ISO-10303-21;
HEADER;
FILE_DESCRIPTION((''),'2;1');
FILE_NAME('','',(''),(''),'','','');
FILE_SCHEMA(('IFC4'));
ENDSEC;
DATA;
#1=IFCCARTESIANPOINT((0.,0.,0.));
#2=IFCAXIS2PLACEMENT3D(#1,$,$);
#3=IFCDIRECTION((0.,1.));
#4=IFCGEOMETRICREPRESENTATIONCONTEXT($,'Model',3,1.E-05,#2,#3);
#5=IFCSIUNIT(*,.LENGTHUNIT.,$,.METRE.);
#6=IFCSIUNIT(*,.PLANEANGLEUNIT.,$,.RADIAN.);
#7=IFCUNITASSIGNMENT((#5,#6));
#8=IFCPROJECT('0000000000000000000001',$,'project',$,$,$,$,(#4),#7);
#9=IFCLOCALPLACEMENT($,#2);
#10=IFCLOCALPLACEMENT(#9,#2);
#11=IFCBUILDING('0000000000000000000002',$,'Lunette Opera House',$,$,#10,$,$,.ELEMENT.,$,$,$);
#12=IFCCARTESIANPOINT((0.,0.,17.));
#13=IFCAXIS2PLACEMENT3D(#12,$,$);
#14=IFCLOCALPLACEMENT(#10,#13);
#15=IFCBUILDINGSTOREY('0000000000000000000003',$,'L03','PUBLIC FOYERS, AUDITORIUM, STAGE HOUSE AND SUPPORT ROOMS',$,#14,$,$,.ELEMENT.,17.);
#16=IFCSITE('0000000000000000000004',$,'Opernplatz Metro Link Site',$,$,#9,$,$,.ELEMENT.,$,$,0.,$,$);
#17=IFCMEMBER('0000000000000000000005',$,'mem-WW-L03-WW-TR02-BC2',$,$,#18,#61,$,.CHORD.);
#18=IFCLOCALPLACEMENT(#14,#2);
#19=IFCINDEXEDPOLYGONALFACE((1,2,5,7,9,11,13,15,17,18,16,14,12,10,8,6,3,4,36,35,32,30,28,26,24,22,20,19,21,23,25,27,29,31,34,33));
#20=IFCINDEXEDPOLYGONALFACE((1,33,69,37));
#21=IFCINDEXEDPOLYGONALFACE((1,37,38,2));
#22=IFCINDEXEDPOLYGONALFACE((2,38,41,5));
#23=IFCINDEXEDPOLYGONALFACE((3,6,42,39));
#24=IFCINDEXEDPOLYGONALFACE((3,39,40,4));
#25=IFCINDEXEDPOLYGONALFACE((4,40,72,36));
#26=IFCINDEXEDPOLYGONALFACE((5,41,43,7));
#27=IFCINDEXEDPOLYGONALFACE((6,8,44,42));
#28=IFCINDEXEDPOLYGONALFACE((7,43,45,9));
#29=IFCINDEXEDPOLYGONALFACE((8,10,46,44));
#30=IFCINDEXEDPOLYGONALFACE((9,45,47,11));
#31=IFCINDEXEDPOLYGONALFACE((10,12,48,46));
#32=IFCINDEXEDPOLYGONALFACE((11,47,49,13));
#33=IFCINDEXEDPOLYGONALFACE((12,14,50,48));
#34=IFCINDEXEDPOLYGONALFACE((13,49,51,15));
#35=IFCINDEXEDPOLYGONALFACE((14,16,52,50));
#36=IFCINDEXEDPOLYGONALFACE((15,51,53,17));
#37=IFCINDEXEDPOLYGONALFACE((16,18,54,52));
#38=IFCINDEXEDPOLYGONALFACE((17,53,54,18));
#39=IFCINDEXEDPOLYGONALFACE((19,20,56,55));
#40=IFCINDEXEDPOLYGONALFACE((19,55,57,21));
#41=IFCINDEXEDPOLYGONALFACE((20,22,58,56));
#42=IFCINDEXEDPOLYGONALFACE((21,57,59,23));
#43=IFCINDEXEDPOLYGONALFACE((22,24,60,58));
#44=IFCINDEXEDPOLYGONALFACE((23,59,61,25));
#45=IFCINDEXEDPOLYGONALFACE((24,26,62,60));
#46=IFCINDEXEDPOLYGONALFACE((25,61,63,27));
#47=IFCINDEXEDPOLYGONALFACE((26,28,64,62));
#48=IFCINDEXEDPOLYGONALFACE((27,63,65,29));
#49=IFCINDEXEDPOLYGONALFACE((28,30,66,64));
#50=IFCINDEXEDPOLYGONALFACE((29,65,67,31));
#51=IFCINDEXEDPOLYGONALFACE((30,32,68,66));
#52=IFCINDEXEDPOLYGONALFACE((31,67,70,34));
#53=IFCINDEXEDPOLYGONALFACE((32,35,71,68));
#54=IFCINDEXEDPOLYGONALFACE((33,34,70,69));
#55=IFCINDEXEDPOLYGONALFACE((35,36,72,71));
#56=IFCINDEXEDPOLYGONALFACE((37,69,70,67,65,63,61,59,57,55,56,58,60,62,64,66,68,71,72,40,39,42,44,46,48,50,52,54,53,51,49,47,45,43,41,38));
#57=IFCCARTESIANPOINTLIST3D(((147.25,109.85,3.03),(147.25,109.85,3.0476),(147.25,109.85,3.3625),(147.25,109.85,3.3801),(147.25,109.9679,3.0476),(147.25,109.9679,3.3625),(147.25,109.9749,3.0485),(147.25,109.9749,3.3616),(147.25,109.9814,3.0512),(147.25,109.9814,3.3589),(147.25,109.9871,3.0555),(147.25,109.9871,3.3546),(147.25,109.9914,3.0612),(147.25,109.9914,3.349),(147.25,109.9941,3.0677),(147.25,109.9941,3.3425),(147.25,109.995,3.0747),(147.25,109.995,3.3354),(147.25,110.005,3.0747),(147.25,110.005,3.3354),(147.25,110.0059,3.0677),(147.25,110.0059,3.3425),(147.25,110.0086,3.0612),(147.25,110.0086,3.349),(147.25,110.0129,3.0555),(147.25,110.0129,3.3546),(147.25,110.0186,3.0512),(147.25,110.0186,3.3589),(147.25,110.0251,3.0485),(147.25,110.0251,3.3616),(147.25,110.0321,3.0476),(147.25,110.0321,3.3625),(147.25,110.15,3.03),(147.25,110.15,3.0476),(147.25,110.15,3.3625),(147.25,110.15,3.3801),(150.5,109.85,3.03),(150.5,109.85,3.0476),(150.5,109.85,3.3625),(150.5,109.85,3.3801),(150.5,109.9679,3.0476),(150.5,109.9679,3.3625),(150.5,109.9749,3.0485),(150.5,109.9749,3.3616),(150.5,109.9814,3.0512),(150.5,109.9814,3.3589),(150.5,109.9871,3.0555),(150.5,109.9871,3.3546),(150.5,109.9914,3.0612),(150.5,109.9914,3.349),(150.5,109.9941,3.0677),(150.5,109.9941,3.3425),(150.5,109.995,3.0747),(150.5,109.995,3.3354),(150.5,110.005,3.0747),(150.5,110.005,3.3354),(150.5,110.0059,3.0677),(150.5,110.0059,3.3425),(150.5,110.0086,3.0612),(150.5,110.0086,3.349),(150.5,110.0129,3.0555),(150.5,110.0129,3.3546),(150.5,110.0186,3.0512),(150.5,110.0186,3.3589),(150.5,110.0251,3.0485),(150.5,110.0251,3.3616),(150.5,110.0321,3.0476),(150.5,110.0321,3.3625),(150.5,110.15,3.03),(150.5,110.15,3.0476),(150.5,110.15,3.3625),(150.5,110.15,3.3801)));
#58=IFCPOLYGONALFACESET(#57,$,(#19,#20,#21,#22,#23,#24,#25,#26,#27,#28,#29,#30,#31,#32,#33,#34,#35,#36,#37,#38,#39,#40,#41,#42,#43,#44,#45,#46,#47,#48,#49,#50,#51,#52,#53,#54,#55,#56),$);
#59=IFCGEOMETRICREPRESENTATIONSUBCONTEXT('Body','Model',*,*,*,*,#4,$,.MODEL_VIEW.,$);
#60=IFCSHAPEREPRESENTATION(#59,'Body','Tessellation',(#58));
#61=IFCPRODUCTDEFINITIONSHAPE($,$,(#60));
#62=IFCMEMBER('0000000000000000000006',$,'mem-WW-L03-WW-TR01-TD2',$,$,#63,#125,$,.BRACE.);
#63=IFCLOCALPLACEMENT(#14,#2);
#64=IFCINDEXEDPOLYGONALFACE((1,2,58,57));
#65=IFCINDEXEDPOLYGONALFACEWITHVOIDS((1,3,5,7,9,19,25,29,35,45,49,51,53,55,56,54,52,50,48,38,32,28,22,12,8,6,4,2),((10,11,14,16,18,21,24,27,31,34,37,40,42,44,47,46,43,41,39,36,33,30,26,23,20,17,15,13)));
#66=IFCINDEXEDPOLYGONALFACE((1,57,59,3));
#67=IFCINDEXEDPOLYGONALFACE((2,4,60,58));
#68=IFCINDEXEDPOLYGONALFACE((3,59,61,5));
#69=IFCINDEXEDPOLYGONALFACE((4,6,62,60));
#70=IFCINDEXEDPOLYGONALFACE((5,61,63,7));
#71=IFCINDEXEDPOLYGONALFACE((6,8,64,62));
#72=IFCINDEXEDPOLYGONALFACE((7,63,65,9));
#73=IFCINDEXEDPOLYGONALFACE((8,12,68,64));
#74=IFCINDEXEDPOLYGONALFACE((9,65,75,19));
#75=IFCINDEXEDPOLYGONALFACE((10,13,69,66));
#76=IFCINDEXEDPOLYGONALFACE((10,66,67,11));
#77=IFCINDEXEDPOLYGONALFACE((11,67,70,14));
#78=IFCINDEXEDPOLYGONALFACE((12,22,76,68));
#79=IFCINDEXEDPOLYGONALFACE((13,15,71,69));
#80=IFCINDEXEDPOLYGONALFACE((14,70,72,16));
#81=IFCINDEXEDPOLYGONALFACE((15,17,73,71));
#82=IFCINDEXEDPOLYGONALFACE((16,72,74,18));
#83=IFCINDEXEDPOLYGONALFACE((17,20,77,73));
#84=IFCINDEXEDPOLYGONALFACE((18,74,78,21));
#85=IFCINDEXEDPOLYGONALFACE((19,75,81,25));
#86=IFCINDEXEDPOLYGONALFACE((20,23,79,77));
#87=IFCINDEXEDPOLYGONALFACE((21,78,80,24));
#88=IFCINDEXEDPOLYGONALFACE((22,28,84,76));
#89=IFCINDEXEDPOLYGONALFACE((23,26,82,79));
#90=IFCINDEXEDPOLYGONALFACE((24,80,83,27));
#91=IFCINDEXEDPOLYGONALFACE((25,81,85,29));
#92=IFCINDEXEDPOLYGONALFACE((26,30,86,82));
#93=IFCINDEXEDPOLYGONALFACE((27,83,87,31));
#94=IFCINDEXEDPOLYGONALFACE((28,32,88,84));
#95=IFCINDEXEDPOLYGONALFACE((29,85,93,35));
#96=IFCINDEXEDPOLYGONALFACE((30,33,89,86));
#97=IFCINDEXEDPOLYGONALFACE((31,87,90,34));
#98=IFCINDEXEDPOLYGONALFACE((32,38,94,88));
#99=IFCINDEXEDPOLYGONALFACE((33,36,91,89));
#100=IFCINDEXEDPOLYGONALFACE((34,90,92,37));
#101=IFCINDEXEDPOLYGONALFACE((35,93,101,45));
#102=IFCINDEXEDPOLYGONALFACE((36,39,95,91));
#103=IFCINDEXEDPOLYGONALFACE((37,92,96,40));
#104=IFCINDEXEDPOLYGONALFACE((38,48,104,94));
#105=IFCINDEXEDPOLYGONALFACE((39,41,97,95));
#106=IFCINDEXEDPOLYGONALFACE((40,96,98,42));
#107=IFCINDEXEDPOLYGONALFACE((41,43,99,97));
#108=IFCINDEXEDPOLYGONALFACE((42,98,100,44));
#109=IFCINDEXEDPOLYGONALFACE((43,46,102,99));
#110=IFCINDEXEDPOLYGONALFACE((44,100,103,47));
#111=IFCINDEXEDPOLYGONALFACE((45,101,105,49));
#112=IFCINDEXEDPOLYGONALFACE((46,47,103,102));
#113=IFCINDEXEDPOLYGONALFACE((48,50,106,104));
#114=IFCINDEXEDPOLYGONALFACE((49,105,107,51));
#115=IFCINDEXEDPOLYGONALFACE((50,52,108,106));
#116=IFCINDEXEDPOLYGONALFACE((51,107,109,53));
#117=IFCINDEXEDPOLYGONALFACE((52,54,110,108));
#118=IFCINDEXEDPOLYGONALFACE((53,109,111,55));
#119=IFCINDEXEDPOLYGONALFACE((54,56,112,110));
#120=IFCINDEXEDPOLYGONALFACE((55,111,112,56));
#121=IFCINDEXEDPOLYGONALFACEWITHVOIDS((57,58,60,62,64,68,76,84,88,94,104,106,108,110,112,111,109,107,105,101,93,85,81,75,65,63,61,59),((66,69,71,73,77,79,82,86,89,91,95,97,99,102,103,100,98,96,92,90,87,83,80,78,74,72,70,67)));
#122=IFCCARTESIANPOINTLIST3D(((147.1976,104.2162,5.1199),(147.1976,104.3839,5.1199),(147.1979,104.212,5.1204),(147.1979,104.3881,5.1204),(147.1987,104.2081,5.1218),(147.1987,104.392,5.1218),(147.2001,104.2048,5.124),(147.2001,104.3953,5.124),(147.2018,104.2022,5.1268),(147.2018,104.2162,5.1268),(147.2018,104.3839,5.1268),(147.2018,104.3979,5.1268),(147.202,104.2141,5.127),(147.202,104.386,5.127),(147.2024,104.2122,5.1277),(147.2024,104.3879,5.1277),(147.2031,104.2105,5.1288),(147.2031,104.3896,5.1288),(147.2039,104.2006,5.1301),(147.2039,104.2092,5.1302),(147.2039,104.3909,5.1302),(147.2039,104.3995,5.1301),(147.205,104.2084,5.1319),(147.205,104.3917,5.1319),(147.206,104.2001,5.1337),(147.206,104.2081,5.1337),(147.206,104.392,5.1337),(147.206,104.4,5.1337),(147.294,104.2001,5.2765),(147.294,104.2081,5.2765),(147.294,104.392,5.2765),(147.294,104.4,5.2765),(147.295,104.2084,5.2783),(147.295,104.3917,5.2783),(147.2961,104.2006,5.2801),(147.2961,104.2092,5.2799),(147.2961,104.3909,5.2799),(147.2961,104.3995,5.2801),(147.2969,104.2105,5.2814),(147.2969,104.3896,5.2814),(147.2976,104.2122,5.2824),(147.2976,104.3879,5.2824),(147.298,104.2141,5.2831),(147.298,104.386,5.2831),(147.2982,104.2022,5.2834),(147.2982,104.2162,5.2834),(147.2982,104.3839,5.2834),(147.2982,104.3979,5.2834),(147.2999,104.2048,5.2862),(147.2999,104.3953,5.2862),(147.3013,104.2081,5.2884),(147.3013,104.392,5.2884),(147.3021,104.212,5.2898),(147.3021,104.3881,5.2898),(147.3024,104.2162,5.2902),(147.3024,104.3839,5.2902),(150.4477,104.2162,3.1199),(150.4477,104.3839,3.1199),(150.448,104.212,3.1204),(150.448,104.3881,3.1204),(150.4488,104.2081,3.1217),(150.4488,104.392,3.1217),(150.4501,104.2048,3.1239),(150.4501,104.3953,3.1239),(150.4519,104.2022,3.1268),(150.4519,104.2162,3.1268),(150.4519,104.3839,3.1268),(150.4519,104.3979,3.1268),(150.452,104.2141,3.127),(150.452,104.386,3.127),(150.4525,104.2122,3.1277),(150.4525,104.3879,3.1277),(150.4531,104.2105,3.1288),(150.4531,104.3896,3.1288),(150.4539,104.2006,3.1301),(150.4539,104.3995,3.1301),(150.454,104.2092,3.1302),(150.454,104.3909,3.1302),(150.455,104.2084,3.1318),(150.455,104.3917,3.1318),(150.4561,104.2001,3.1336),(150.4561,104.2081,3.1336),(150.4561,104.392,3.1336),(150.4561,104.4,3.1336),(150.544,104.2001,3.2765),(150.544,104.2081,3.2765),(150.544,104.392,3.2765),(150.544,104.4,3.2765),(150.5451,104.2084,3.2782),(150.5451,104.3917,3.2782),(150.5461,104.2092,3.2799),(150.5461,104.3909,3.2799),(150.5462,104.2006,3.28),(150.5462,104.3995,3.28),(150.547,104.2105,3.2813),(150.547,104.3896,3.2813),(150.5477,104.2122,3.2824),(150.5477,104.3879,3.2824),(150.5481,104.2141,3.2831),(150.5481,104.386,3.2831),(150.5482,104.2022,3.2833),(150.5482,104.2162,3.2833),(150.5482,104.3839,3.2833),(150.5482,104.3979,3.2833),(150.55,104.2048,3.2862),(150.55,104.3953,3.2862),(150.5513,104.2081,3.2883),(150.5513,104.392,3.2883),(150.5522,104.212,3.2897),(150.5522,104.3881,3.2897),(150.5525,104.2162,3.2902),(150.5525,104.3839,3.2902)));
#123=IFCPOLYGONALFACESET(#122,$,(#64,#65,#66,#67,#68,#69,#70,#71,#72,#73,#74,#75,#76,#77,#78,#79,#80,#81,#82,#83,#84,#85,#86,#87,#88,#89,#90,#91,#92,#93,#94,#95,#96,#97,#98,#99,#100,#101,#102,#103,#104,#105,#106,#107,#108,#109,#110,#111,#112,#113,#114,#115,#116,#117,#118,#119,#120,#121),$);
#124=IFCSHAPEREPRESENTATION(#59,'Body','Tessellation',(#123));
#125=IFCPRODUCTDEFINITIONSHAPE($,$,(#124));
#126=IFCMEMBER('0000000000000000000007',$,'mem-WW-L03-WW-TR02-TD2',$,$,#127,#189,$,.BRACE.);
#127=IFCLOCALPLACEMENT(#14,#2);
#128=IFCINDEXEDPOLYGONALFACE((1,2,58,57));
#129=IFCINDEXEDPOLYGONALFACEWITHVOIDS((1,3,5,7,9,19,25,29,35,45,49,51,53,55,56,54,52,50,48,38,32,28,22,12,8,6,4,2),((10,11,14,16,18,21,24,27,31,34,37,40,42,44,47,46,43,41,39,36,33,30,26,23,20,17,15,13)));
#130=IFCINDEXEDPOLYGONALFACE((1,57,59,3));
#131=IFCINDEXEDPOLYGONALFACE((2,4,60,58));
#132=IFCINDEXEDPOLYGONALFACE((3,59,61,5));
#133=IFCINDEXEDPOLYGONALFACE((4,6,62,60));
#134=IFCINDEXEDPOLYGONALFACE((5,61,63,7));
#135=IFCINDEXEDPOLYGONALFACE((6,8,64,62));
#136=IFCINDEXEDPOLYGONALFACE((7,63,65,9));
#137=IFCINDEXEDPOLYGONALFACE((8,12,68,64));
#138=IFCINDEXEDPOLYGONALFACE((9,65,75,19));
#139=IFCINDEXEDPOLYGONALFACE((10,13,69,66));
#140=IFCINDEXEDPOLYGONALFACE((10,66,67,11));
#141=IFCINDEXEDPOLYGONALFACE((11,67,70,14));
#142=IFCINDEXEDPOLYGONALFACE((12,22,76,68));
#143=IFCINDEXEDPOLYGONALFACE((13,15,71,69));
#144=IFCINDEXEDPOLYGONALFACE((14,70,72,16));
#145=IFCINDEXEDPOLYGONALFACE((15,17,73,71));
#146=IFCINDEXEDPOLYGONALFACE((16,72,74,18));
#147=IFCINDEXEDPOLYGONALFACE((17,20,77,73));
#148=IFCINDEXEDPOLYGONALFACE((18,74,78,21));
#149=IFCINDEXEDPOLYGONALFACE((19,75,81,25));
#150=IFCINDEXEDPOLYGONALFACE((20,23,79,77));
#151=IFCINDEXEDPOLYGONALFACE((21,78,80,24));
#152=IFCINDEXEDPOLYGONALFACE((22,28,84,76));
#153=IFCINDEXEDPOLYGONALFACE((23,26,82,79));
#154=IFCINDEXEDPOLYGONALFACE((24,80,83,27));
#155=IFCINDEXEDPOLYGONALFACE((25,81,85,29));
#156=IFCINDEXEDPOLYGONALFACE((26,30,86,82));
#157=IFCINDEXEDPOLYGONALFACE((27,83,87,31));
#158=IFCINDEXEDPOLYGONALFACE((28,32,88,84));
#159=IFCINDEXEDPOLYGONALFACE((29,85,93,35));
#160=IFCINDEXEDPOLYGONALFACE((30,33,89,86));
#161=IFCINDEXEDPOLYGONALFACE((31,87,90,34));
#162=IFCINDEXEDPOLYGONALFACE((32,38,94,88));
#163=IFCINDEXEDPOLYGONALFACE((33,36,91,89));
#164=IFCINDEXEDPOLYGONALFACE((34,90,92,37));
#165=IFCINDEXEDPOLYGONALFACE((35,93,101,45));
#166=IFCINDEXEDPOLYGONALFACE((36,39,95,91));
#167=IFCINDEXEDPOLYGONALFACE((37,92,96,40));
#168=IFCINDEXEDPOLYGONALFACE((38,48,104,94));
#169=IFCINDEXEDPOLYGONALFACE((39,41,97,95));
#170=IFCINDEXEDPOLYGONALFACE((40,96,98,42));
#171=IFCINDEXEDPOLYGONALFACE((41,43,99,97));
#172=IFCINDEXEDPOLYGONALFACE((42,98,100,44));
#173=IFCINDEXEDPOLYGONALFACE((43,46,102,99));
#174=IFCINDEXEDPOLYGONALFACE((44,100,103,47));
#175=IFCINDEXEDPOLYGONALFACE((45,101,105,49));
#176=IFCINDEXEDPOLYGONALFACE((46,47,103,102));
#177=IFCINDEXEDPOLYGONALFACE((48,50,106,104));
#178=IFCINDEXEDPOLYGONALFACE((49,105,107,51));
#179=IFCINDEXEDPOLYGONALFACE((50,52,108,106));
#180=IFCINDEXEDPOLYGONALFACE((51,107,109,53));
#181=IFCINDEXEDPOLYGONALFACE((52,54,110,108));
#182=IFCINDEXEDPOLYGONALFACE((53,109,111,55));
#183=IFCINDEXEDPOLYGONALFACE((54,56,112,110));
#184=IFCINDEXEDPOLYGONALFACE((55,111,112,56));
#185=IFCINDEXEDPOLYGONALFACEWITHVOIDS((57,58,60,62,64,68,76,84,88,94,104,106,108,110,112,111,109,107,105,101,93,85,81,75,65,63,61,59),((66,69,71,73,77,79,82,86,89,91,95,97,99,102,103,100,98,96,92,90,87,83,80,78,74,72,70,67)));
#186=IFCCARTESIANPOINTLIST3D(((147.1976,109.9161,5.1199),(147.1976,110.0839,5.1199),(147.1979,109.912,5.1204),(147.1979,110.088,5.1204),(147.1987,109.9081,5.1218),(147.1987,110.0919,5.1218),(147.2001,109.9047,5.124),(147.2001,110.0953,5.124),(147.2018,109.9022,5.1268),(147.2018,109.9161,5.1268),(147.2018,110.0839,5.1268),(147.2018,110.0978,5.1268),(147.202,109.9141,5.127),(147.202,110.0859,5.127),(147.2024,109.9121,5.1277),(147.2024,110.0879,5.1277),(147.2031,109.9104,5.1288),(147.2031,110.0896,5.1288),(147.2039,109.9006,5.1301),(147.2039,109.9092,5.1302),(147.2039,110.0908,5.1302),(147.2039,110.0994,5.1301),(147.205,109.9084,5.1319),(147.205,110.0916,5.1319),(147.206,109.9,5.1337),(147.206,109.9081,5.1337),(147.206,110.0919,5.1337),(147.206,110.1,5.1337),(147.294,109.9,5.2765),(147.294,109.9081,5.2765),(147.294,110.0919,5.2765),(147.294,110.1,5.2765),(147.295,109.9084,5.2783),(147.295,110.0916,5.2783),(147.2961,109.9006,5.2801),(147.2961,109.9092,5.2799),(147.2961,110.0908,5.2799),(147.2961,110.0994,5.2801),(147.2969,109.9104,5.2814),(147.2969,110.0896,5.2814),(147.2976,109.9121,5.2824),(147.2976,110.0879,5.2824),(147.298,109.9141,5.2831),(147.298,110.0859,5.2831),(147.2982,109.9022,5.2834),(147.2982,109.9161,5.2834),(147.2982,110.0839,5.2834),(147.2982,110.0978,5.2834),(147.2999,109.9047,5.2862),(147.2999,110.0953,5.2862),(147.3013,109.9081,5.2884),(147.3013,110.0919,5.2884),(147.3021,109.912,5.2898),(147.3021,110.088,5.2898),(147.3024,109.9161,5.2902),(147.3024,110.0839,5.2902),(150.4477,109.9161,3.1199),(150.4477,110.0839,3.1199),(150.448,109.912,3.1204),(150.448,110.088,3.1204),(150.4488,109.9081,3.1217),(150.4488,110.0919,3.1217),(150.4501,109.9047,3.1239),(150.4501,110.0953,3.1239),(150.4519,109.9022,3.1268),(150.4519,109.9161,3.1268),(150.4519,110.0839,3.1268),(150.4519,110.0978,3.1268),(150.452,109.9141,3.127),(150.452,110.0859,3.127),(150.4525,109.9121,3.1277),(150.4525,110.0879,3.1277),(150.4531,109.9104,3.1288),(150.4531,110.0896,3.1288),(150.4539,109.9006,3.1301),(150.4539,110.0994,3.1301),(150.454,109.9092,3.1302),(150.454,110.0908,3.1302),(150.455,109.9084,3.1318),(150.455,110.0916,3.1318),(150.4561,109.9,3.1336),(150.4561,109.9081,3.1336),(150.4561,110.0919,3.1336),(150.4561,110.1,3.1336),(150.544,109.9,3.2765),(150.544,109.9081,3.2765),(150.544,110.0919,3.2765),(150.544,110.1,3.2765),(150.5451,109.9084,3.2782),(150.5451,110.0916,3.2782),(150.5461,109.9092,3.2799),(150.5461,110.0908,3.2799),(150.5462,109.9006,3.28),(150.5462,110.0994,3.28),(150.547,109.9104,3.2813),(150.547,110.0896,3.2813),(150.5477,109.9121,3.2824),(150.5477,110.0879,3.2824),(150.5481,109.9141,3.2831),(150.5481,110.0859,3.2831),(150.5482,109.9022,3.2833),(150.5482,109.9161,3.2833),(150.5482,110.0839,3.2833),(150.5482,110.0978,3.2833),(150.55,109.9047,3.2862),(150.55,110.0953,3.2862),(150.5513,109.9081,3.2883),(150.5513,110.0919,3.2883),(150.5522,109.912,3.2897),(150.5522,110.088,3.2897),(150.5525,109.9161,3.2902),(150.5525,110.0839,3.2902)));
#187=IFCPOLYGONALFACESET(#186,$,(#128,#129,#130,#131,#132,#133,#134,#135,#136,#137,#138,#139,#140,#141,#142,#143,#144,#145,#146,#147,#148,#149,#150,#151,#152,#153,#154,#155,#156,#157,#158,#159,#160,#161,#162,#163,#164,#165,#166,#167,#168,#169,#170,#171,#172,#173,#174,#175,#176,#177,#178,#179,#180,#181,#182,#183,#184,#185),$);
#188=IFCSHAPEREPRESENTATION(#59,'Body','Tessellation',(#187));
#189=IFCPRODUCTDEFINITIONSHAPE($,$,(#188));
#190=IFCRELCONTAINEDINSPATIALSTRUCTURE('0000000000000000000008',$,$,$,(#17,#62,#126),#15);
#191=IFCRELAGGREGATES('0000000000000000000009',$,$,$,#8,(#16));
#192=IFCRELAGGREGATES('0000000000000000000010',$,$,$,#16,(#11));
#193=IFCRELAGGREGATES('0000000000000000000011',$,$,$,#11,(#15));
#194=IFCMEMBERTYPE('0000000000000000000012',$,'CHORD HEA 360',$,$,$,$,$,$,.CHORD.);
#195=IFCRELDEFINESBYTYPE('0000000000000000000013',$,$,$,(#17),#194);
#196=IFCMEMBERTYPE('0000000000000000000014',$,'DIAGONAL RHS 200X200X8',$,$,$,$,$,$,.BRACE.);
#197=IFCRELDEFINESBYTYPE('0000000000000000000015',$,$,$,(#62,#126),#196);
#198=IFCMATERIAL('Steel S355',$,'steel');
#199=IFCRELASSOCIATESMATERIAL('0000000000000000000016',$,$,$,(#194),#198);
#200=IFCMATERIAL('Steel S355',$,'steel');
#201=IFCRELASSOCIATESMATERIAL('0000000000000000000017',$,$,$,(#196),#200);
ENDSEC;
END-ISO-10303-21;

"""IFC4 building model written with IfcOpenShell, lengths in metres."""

from ifc_helpers import new_model, si_unit, direction, frame, origin, origin_2d, place, context, subcontext, project, spatial, hollow_rectangle, i_section, extrude, material, material_profile, profile_set, type_object, element, save


model = new_model("IFC4")

# Units and contexts
model_context = context("Model", 3, precision=1e-05, world=origin(), true_north=direction((0.0, 1.0)))
body_context = subcontext(model_context, "Body", "Model", "MODEL_VIEW")
ifc_project = project(units=[si_unit("LENGTHUNIT", "METRE"), si_unit("PLANEANGLEUNIT", "RADIAN")], contexts=[model_context])

# Site, building, storey
site_placement = place(None, origin())
site = spatial("IfcSite", under=ifc_project, at=site_placement, Name="Opernplatz Metro Link Site", CompositionType="ELEMENT", RefElevation=0.0)
building_placement = place(site_placement, origin())
building = spatial("IfcBuilding", under=site, at=building_placement, Name="Lunette Opera House", CompositionType="ELEMENT")
storey_placement = place(building_placement, frame((0.0, 0.0, 17.0)))
storey = spatial("IfcBuildingStorey", under=building, at=storey_placement, Name="L03", Description="PUBLIC FOYERS, AUDITORIUM, STAGE HOUSE AND SUPPORT ROOMS", CompositionType="ELEMENT", Elevation=17.0)

# Members
ifc_material_1 = material(Name="Steel S355", Category="steel")
ifc_material_profile_1 = material_profile(ifc_material_1, i_section(OverallWidth=0.3, OverallDepth=0.3501, WebThickness=0.01, FlangeThickness=0.0176, FilletRadius=0.0271, at=origin_2d()), Name="HEA 360")
ifc_profile_set_1 = profile_set([ifc_material_profile_1], Name="Steel S355")
member_type_1 = type_object("IfcMemberType", Name="CHORD HEA 360", PredefinedType="CHORD", material=ifc_profile_set_1)
for number, where, z_axis, x_axis, name in (
    (1, (147.25, 110.0, 3.2051), (1.0, 0.0, 0.0), (0.0, 1.0, 0.0), "mem-WW-L03-WW-TR02-BC2"),
):
    element("IfcMember", number, at=place(storey_placement, frame(where, z_axis=z_axis, x_axis=x_axis)), inside=storey, type_object=member_type_1, Name=name, PredefinedType="CHORD", context=body_context, shape_type="SweptSolid", body=[
        extrude(i_section(OverallWidth=0.3, OverallDepth=0.3501, WebThickness=0.01, FlangeThickness=0.0176, FilletRadius=0.0271, at=origin_2d()), origin(), (0.0, 0.0, 1.0), 3.25),
    ])
ifc_material_2 = material(Name="Steel S355", Category="steel")
ifc_material_profile_2 = material_profile(ifc_material_2, hollow_rectangle(XDim=0.2, YDim=0.2, WallThickness=0.0081, InnerFilletRadius=0.0081, OuterFilletRadius=0.0161, at=origin_2d()), Name="RHS 200X200X8")
ifc_profile_set_2 = profile_set([ifc_material_profile_2], Name="Steel S355")
member_type_2 = type_object("IfcMemberType", Name="DIAGONAL RHS 200X200X8", PredefinedType="BRACE", material=ifc_profile_set_2)
for number, where, z_axis, x_axis, name in (
    (2, (147.25, 104.3, 5.2051), (0.851658, 0.0, -0.524097), (0.0, 1.0, 0.0), "mem-WW-L03-WW-TR01-TD2"),
    (3, (147.25, 110.0, 5.2051), (0.851658, 0.0, -0.524097), (0.0, 1.0, 0.0), "mem-WW-L03-WW-TR02-TD2"),
):
    element("IfcMember", number, at=place(storey_placement, frame(where, z_axis=z_axis, x_axis=x_axis)), inside=storey, type_object=member_type_2, Name=name, PredefinedType="BRACE", context=body_context, shape_type="SweptSolid", body=[
        extrude(hollow_rectangle(XDim=0.2, YDim=0.2, WallThickness=0.0081, InnerFilletRadius=0.0081, OuterFilletRadius=0.0161, at=origin_2d()), origin(), (0.0, 0.0, 1.0), 3.8162),
    ])

save(model, "model.ifc")
